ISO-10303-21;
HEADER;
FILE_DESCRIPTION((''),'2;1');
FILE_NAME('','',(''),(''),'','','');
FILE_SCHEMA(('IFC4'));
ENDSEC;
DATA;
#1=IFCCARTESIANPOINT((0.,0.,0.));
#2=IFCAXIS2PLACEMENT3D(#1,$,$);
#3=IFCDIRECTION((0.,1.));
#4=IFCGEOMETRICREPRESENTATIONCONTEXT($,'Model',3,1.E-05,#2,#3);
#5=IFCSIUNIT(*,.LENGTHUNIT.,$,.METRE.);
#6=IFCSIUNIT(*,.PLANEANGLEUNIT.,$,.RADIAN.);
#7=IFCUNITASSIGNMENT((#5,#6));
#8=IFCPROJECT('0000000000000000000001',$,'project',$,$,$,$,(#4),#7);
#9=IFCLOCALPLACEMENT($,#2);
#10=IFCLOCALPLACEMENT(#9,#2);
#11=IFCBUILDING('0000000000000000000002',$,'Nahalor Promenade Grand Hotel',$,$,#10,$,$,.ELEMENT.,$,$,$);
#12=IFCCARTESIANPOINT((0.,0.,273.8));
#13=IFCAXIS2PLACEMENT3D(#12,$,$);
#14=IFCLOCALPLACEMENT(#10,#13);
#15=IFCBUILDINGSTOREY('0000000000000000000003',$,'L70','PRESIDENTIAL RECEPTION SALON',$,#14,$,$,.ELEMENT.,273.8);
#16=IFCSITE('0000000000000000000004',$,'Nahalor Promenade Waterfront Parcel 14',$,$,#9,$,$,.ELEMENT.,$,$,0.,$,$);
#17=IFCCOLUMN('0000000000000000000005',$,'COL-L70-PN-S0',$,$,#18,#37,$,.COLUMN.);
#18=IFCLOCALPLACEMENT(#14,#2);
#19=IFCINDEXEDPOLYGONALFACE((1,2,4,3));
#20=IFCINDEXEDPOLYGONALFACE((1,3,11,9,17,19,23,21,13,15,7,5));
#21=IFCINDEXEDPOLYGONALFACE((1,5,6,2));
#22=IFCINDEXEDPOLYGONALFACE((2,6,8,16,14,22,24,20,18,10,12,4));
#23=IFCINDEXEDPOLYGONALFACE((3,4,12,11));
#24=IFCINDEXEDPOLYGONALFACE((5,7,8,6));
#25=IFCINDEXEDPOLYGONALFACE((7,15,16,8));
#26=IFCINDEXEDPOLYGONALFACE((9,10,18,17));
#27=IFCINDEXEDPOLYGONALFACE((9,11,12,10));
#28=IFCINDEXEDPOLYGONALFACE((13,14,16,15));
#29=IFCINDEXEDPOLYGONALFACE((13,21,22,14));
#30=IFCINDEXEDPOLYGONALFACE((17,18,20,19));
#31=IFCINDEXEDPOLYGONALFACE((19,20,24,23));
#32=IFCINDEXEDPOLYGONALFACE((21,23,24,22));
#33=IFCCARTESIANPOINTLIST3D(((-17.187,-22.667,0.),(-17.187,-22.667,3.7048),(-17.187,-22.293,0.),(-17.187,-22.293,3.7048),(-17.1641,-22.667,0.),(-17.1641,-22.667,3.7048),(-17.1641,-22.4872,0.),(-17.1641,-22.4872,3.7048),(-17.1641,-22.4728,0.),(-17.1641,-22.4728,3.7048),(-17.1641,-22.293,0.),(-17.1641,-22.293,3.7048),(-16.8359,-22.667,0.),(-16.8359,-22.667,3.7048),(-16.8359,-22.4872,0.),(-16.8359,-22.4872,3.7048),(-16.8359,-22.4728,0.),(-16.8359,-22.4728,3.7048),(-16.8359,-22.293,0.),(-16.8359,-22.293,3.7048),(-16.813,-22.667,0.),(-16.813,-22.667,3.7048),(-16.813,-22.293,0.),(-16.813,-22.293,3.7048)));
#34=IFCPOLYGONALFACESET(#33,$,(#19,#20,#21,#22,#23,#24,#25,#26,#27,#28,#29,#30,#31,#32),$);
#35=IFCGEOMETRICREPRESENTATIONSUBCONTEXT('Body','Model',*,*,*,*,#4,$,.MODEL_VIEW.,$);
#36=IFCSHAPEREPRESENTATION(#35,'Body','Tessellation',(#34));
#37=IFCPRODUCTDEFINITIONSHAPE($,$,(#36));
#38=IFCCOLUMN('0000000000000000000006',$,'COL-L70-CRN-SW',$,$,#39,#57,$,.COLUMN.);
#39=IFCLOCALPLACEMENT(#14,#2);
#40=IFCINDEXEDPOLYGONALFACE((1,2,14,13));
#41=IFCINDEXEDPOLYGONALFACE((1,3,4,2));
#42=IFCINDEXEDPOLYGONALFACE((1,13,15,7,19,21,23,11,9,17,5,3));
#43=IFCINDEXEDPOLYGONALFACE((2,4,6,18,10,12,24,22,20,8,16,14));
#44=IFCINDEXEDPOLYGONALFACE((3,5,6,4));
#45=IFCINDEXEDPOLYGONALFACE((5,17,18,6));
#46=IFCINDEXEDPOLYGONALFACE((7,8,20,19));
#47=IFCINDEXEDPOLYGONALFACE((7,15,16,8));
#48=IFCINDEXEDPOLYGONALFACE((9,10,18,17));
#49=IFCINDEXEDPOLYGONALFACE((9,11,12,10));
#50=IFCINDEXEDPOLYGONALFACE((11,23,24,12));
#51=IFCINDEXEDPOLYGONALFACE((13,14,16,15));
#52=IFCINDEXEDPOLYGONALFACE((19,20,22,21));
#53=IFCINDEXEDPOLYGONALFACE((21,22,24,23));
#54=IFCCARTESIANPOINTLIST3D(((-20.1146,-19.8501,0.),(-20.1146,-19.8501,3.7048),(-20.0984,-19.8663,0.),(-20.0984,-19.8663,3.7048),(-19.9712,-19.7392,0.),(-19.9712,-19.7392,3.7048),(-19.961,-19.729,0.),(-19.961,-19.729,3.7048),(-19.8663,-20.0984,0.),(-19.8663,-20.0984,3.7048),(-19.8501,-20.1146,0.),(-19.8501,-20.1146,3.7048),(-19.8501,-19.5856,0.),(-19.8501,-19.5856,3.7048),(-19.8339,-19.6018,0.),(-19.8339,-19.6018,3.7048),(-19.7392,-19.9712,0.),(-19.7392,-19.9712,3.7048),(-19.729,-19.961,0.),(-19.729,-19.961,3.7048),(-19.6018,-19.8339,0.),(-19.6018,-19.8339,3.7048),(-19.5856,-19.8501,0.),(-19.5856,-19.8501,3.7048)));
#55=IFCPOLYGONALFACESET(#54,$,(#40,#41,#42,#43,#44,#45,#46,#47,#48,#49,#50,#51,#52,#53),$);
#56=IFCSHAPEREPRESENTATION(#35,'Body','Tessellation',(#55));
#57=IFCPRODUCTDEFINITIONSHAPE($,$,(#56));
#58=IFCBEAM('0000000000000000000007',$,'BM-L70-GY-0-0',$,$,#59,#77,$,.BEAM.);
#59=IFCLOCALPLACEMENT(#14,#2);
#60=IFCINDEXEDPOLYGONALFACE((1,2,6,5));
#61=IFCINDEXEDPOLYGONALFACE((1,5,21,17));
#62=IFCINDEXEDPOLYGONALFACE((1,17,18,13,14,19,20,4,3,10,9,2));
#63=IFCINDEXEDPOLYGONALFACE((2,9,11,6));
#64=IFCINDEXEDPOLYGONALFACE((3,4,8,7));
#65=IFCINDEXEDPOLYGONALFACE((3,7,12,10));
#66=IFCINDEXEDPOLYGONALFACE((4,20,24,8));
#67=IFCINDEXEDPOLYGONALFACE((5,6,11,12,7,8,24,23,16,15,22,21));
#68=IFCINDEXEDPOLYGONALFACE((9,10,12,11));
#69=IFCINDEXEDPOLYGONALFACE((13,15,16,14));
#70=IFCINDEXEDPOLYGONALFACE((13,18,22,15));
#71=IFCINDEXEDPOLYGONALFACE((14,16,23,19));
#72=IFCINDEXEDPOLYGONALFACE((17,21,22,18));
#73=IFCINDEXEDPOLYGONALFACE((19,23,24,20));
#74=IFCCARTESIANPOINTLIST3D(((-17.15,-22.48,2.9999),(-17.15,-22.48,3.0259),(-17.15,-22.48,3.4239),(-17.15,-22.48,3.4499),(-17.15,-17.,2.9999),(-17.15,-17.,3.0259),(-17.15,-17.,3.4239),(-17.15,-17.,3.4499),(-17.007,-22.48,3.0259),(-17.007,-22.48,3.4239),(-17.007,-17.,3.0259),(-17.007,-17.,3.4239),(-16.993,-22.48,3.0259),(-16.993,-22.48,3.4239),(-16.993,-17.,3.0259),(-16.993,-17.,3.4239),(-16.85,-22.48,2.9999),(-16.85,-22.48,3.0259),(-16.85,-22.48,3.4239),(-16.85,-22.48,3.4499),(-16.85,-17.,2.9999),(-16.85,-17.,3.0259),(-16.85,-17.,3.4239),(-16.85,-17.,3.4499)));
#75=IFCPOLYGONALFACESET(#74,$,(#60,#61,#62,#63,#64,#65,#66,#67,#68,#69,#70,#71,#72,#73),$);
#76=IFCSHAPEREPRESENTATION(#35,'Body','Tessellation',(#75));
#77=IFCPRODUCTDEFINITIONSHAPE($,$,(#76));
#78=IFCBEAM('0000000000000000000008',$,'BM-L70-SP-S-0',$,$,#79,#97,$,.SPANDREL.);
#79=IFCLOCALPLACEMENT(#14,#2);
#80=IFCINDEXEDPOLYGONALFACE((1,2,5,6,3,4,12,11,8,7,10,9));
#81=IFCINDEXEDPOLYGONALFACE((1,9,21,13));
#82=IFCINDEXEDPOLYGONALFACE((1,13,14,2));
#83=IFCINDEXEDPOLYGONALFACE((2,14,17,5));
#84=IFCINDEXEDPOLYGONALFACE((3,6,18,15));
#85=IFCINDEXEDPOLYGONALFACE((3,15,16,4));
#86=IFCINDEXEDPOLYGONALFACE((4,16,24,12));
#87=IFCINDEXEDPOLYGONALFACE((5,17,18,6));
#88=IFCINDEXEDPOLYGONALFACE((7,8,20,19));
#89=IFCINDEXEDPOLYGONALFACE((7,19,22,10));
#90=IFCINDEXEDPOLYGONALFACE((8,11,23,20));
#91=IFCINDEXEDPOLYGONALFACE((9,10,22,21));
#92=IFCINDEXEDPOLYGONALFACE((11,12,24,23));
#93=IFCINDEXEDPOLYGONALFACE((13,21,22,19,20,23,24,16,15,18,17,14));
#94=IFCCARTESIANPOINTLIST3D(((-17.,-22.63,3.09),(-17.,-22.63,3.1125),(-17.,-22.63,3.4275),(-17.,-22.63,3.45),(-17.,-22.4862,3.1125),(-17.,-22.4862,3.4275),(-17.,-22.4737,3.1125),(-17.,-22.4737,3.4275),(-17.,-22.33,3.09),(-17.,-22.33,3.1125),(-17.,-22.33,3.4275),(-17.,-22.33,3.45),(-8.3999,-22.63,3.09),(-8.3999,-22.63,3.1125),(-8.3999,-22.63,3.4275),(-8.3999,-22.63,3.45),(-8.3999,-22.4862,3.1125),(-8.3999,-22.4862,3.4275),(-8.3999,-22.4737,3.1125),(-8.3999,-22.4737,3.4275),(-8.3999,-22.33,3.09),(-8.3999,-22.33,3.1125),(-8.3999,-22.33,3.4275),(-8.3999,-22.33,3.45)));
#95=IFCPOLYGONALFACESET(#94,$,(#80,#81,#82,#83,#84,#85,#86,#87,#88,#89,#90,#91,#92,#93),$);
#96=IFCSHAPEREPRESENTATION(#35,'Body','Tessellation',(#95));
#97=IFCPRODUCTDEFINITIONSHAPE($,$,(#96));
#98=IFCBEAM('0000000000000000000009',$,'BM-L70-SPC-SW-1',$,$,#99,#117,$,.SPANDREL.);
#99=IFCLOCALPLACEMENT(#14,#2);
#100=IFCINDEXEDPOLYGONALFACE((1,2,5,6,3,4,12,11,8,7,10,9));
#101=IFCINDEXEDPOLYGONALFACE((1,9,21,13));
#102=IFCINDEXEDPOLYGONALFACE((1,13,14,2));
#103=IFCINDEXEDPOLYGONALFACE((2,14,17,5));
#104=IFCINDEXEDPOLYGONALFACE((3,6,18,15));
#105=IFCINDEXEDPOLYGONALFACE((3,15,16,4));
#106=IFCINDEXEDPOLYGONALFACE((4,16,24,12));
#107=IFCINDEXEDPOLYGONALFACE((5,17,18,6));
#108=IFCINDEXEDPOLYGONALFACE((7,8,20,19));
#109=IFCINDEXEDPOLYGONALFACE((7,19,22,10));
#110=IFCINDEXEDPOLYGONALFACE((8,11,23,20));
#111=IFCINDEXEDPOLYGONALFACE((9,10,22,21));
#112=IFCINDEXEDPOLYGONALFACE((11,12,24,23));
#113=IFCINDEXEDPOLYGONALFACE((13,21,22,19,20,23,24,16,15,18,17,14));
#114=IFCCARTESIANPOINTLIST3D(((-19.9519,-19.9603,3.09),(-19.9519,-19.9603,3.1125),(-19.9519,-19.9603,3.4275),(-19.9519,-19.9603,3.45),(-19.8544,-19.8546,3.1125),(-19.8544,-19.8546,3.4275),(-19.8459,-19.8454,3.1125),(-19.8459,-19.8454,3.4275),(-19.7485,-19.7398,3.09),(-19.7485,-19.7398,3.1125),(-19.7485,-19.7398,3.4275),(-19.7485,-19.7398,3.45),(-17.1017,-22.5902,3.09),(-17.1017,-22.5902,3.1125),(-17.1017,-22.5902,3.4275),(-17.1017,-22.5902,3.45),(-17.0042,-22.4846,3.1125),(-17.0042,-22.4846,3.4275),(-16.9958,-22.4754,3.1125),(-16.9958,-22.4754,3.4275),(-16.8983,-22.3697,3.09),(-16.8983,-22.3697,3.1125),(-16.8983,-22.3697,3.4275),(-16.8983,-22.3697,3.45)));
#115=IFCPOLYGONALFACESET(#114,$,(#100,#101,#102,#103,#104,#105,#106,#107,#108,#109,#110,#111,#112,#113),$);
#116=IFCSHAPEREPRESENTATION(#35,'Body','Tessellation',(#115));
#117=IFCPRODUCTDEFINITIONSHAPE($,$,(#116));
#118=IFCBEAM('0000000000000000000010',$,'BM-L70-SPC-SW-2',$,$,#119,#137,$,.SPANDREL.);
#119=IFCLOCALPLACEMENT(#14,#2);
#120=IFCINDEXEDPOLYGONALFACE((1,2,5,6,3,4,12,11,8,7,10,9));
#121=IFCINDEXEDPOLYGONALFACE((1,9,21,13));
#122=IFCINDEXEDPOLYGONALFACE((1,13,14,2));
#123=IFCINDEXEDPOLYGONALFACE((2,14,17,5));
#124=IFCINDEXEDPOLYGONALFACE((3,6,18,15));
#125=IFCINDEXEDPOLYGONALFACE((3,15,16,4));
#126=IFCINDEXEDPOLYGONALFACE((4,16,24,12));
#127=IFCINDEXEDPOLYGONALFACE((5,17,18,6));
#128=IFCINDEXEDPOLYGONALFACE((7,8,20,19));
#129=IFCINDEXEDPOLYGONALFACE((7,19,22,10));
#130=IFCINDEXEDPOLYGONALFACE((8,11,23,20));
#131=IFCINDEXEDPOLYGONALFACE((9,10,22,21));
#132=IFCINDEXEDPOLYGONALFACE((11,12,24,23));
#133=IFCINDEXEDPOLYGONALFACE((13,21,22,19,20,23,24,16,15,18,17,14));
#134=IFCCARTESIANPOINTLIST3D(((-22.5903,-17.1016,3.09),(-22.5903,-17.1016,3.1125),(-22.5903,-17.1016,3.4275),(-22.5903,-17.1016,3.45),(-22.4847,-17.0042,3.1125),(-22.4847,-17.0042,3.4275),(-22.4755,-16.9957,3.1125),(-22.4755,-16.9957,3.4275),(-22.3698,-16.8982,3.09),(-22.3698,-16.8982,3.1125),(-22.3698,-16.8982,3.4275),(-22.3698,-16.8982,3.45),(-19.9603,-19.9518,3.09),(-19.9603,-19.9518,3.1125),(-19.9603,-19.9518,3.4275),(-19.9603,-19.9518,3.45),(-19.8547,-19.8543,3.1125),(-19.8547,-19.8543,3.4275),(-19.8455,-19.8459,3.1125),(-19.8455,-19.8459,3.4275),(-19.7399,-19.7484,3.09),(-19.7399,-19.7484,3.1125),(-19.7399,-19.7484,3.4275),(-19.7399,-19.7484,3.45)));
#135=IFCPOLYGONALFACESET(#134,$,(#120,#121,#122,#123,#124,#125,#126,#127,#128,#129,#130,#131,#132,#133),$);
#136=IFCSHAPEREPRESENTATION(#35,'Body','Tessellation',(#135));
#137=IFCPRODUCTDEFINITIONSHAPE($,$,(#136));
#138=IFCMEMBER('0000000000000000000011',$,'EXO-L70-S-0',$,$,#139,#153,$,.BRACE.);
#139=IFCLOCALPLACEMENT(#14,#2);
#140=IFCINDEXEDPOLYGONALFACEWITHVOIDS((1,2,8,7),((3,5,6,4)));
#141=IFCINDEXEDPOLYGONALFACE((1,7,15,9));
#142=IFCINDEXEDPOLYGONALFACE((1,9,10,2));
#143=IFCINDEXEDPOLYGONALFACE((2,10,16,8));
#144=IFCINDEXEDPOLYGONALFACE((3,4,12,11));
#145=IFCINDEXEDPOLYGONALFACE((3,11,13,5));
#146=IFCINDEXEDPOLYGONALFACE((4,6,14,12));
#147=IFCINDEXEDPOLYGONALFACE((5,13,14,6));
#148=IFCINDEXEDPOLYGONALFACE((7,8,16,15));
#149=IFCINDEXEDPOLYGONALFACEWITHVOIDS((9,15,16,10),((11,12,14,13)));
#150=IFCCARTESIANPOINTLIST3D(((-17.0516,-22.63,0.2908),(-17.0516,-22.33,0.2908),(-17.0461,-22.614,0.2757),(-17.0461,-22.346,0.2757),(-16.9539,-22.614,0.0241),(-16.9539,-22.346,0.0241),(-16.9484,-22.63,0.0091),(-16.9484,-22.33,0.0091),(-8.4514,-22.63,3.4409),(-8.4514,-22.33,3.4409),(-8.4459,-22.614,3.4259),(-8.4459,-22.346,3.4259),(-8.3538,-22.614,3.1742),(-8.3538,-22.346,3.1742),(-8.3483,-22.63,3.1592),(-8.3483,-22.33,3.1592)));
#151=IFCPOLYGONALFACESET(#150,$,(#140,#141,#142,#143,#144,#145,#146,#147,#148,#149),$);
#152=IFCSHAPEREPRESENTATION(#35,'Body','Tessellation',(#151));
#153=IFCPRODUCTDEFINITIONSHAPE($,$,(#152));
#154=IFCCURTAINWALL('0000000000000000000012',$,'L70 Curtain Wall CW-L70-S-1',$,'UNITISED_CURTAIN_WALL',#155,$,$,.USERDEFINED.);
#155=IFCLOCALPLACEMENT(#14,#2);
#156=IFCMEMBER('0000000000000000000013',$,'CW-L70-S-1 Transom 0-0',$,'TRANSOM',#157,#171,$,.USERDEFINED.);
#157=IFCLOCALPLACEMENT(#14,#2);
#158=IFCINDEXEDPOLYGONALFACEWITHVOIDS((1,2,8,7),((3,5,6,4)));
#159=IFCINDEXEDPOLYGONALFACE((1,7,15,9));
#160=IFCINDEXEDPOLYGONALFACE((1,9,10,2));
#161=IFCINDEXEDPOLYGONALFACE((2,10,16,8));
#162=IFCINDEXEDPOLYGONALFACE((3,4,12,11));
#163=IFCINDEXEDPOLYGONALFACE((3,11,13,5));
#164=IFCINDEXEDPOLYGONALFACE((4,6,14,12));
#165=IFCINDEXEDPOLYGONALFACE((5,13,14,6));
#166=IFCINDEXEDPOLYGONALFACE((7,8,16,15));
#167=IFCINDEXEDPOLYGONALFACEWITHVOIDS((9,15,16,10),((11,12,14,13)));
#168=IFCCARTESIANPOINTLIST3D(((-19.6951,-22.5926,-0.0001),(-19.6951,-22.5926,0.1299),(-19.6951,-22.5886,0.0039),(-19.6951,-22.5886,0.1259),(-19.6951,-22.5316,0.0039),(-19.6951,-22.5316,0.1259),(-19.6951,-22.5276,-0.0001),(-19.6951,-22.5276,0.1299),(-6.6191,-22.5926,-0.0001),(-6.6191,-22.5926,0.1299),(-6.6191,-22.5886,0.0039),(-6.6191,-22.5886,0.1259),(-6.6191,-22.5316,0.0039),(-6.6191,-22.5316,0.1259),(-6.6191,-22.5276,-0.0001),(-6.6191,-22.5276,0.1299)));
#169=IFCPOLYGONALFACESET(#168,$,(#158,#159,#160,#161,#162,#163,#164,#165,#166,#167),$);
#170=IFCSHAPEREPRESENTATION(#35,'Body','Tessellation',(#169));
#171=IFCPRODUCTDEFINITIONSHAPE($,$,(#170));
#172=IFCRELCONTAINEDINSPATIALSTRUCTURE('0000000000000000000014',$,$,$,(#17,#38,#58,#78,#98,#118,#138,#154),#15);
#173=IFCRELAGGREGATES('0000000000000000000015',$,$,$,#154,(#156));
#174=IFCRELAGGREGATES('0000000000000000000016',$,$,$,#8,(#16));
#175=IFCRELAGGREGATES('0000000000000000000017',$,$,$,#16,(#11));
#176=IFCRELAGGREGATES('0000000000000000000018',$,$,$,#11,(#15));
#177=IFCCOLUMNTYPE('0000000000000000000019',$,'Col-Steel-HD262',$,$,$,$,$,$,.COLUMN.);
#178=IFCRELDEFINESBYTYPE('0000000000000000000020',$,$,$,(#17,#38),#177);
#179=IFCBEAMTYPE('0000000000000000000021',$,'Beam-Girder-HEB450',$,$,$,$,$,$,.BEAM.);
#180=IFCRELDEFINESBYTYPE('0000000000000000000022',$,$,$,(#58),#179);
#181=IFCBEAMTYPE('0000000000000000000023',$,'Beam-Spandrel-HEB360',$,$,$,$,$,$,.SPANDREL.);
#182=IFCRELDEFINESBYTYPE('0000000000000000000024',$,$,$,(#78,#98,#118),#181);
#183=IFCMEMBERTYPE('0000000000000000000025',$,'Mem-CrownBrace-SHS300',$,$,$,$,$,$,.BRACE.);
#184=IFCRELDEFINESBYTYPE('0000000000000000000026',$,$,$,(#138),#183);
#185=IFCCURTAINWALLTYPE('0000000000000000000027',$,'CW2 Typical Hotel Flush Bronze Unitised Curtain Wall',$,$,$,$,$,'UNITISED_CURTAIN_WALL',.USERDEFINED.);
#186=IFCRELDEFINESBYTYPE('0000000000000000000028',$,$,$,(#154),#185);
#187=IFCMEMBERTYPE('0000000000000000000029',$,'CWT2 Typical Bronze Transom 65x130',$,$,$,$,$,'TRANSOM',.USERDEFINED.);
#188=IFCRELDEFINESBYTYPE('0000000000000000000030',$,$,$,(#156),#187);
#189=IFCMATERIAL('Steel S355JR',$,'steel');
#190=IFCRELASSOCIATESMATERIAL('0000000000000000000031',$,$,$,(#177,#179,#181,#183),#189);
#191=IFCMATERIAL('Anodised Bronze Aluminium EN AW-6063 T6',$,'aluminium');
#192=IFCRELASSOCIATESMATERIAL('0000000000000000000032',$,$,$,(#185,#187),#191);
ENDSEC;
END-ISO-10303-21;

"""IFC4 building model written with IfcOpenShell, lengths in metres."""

from ifc_helpers import new_model, si_unit, direction, frame, origin, origin_2d, place, context, subcontext, project, spatial, hollow_rectangle, i_section, extrude, source, transform, mapped, material, material_profile, profile_set, type_object, element, aggregate, save


model = new_model("IFC4")

# Units and contexts
model_context = context("Model", 3, precision=1e-05, world=origin(), true_north=direction((0.0, 1.0)))
body_context = subcontext(model_context, "Body", "Model", "MODEL_VIEW")
ifc_project = project(units=[si_unit("LENGTHUNIT", "METRE"), si_unit("PLANEANGLEUNIT", "RADIAN")], contexts=[model_context])

# Site, building, storey
site_placement = place(None, origin())
site = spatial("IfcSite", under=ifc_project, at=site_placement, Name="Nahalor Promenade Waterfront Parcel 14", CompositionType="ELEMENT", RefElevation=0.0)
building_placement = place(site_placement, origin())
building = spatial("IfcBuilding", under=site, at=building_placement, Name="Nahalor Promenade Grand Hotel", CompositionType="ELEMENT")
storey_placement = place(building_placement, frame((0.0, 0.0, 273.8)))
storey = spatial("IfcBuildingStorey", under=building, at=storey_placement, Name="L70", Description="PRESIDENTIAL RECEPTION SALON", CompositionType="ELEMENT", Elevation=273.8)

# Columns
ifc_material_1 = material(Name="Steel S355JR", Category="steel")
ifc_material_profile_1 = material_profile(ifc_material_1, i_section(OverallWidth=0.374, OverallDepth=0.374, WebThickness=0.0144, FlangeThickness=0.0229, at=origin_2d()), Name="HD 360x262")
ifc_profile_set_1 = profile_set([ifc_material_profile_1], Name="Steel S355JR")
column_type = type_object("IfcColumnType", Name="Col-Steel-HD262", PredefinedType="COLUMN", material=ifc_profile_set_1)
shared_shape_1 = source(origin(), body_context, "Body", "SweptSolid", [
    extrude(i_section(OverallWidth=0.374, OverallDepth=0.374, WebThickness=0.0144, FlangeThickness=0.0229, at=origin_2d()), origin(), (0.0, 0.0, 1.0), 3.7048),
])
for number, where, z_axis, x_axis, name in (
    (1, (-17.0, -22.48, 0.0), (0.0, 0.0, 1.0), (0.0, 1.0, 0.0), "COL-L70-PN-S0"),
    (2, (-19.8501, -19.8501, 0.0), (0.0, 0.0, 1.0), (0.707107, 0.707107, 0.0), "COL-L70-CRN-SW"),
):
    element("IfcColumn", number, at=place(storey_placement, frame(where, z_axis=z_axis, x_axis=x_axis)), inside=storey, type_object=column_type, Name=name, PredefinedType="COLUMN", context=body_context, shape_type="MappedRepresentation", body=[
        mapped(shared_shape_1, transform((0.0, 0.0, 0.0), scale=1.0)),
    ])

# Beams
ifc_material_profile_2 = material_profile(ifc_material_1, i_section(OverallWidth=0.3, OverallDepth=0.45, WebThickness=0.014, FlangeThickness=0.026, at=origin_2d()), Name="HEB 450")
ifc_profile_set_2 = profile_set([ifc_material_profile_2], Name="Steel S355JR")
beam_type_1 = type_object("IfcBeamType", Name="Beam-Girder-HEB450", PredefinedType="BEAM", material=ifc_profile_set_2)
shared_shape_2 = source(origin(), body_context, "Body", "SweptSolid", [
    extrude(i_section(OverallWidth=0.3, OverallDepth=0.45, WebThickness=0.014, FlangeThickness=0.026, at=origin_2d()), origin(), (0.0, 0.0, 1.0), 5.48),
])
beam_1_placement = place(storey_placement, frame((-17.0, -22.48, 3.2249), z_axis=(0.0, 1.0, 0.0), x_axis=(-1.0, 0.0, 0.0)))
element("IfcBeam", 3, at=beam_1_placement, inside=storey, type_object=beam_type_1, Name="BM-L70-GY-0-0", PredefinedType="BEAM", context=body_context, shape_type="MappedRepresentation", body=[
    mapped(shared_shape_2, transform((0.0, 0.0, 0.0), scale=1.0)),
])
ifc_material_profile_3 = material_profile(ifc_material_1, i_section(OverallWidth=0.3, OverallDepth=0.36, WebThickness=0.0125, FlangeThickness=0.0225, at=origin_2d()), Name="HEB 360")
ifc_profile_set_3 = profile_set([ifc_material_profile_3], Name="Steel S355JR")
beam_type_2 = type_object("IfcBeamType", Name="Beam-Spandrel-HEB360", PredefinedType="SPANDREL", material=ifc_profile_set_3)
shared_shape_3 = source(origin(), body_context, "Body", "SweptSolid", [
    extrude(i_section(OverallWidth=0.3, OverallDepth=0.36, WebThickness=0.0125, FlangeThickness=0.0225, at=origin_2d()), origin(), (0.0, 0.0, 1.0), 8.6001),
])
beam_2_placement = place(storey_placement, frame((-17.0, -22.48, 3.27), z_axis=(1.0, 0.0, 0.0), x_axis=(0.0, 1.0, 0.0)))
element("IfcBeam", 4, at=beam_2_placement, inside=storey, type_object=beam_type_2, Name="BM-L70-SP-S-0", PredefinedType="SPANDREL", context=body_context, shape_type="MappedRepresentation", body=[
    mapped(shared_shape_3, transform((0.0, 0.0, 0.0), scale=1.0)),
])
shared_shape_4 = source(origin(), body_context, "Body", "SweptSolid", [
    extrude(i_section(OverallWidth=0.3, OverallDepth=0.36, WebThickness=0.0125, FlangeThickness=0.0225, at=origin_2d()), origin(), (0.0, 0.0, 1.0), 3.8782),
])
for number, where, z_axis, x_axis, name in (
    (5, (-17.0, -22.48, 3.27), (-0.734929, 0.678144, 0.0), (-0.678144, -0.734929, 0.0), "BM-L70-SPC-SW-1"),
    (6, (-19.8501, -19.8501, 3.27), (-0.678144, 0.734929, 0.0), (-0.734929, -0.678144, 0.0), "BM-L70-SPC-SW-2"),
):
    element("IfcBeam", number, at=place(storey_placement, frame(where, z_axis=z_axis, x_axis=x_axis)), inside=storey, type_object=beam_type_2, Name=name, PredefinedType="SPANDREL", context=body_context, shape_type="MappedRepresentation", body=[
        mapped(shared_shape_4, transform((0.0, 0.0, 0.0), scale=1.0)),
    ])

# Member
ifc_material_profile_4 = material_profile(ifc_material_1, hollow_rectangle(XDim=0.3, YDim=0.3, WallThickness=0.016, at=origin_2d()), Name="SHS 300x300x16")
ifc_profile_set_4 = profile_set([ifc_material_profile_4], Name="Steel S355JR")
member_type_1 = type_object("IfcMemberType", Name="Mem-CrownBrace-SHS300", PredefinedType="BRACE", material=ifc_profile_set_4)
shared_shape_5 = source(origin(), body_context, "Body", "SweptSolid", [
    extrude(hollow_rectangle(XDim=0.3, YDim=0.3, WallThickness=0.016, at=origin_2d()), origin(), (0.0, 0.0, 1.0), 9.1589),
])
member_1_placement = place(storey_placement, frame((-17.0, -22.48, 0.1499), z_axis=(0.93899, 0.0, 0.343944), x_axis=(0.0, 1.0, 0.0)))
element("IfcMember", 7, at=member_1_placement, inside=storey, type_object=member_type_1, Name="EXO-L70-S-0", PredefinedType="BRACE", context=body_context, shape_type="MappedRepresentation", body=[
    mapped(shared_shape_5, transform((0.0, 0.0, 0.0), scale=1.0)),
])

# Curtain wall, member
ifc_material_2 = material(Name="Anodised Bronze Aluminium EN AW-6063 T6", Category="aluminium")
curtain_wall_type = type_object("IfcCurtainWallType", Name="CW2 Typical Hotel Flush Bronze Unitised Curtain Wall", ElementType="UNITISED_CURTAIN_WALL", PredefinedType="USERDEFINED", material=ifc_material_2)
curtain_wall_1_placement = place(storey_placement, origin())
curtain_wall_1 = element("IfcCurtainWall", 8, at=curtain_wall_1_placement, inside=storey, type_object=curtain_wall_type, Name="L70 Curtain Wall CW-L70-S-1", ObjectType="UNITISED_CURTAIN_WALL", PredefinedType="USERDEFINED")
ifc_material_profile_5 = material_profile(ifc_material_2, hollow_rectangle(XDim=0.065, YDim=0.13, WallThickness=0.004, at=origin_2d()), Name="CWT 65x130x4")
ifc_profile_set_5 = profile_set([ifc_material_profile_5], Name="Anodised Bronze Aluminium EN AW-6063 T6")
member_type_2 = type_object("IfcMemberType", Name="CWT2 Typical Bronze Transom 65x130", ElementType="TRANSOM", PredefinedType="USERDEFINED", material=ifc_profile_set_5)
shared_shape_6 = source(origin(), body_context, "Body", "SweptSolid", [
    extrude(hollow_rectangle(XDim=0.065, YDim=0.13, WallThickness=0.004, at=origin_2d()), origin(), (0.0, 0.0, 1.0), 13.0759),
])
member_2_placement = place(storey_placement, frame((-19.6951, -22.5601, 0.0649), z_axis=(1.0, 0.0, 0.0), x_axis=(0.0, 1.0, 0.0)))
member_2 = element("IfcMember", 9, at=member_2_placement, type_object=member_type_2, Name="CW-L70-S-1 Transom 0-0", ObjectType="TRANSOM", PredefinedType="USERDEFINED", context=body_context, shape_type="MappedRepresentation", body=[
    mapped(shared_shape_6, transform((0.0, 0.0, 0.0), scale=1.0)),
])
aggregate(curtain_wall_1, [member_2])

save(model, "model.ifc")
